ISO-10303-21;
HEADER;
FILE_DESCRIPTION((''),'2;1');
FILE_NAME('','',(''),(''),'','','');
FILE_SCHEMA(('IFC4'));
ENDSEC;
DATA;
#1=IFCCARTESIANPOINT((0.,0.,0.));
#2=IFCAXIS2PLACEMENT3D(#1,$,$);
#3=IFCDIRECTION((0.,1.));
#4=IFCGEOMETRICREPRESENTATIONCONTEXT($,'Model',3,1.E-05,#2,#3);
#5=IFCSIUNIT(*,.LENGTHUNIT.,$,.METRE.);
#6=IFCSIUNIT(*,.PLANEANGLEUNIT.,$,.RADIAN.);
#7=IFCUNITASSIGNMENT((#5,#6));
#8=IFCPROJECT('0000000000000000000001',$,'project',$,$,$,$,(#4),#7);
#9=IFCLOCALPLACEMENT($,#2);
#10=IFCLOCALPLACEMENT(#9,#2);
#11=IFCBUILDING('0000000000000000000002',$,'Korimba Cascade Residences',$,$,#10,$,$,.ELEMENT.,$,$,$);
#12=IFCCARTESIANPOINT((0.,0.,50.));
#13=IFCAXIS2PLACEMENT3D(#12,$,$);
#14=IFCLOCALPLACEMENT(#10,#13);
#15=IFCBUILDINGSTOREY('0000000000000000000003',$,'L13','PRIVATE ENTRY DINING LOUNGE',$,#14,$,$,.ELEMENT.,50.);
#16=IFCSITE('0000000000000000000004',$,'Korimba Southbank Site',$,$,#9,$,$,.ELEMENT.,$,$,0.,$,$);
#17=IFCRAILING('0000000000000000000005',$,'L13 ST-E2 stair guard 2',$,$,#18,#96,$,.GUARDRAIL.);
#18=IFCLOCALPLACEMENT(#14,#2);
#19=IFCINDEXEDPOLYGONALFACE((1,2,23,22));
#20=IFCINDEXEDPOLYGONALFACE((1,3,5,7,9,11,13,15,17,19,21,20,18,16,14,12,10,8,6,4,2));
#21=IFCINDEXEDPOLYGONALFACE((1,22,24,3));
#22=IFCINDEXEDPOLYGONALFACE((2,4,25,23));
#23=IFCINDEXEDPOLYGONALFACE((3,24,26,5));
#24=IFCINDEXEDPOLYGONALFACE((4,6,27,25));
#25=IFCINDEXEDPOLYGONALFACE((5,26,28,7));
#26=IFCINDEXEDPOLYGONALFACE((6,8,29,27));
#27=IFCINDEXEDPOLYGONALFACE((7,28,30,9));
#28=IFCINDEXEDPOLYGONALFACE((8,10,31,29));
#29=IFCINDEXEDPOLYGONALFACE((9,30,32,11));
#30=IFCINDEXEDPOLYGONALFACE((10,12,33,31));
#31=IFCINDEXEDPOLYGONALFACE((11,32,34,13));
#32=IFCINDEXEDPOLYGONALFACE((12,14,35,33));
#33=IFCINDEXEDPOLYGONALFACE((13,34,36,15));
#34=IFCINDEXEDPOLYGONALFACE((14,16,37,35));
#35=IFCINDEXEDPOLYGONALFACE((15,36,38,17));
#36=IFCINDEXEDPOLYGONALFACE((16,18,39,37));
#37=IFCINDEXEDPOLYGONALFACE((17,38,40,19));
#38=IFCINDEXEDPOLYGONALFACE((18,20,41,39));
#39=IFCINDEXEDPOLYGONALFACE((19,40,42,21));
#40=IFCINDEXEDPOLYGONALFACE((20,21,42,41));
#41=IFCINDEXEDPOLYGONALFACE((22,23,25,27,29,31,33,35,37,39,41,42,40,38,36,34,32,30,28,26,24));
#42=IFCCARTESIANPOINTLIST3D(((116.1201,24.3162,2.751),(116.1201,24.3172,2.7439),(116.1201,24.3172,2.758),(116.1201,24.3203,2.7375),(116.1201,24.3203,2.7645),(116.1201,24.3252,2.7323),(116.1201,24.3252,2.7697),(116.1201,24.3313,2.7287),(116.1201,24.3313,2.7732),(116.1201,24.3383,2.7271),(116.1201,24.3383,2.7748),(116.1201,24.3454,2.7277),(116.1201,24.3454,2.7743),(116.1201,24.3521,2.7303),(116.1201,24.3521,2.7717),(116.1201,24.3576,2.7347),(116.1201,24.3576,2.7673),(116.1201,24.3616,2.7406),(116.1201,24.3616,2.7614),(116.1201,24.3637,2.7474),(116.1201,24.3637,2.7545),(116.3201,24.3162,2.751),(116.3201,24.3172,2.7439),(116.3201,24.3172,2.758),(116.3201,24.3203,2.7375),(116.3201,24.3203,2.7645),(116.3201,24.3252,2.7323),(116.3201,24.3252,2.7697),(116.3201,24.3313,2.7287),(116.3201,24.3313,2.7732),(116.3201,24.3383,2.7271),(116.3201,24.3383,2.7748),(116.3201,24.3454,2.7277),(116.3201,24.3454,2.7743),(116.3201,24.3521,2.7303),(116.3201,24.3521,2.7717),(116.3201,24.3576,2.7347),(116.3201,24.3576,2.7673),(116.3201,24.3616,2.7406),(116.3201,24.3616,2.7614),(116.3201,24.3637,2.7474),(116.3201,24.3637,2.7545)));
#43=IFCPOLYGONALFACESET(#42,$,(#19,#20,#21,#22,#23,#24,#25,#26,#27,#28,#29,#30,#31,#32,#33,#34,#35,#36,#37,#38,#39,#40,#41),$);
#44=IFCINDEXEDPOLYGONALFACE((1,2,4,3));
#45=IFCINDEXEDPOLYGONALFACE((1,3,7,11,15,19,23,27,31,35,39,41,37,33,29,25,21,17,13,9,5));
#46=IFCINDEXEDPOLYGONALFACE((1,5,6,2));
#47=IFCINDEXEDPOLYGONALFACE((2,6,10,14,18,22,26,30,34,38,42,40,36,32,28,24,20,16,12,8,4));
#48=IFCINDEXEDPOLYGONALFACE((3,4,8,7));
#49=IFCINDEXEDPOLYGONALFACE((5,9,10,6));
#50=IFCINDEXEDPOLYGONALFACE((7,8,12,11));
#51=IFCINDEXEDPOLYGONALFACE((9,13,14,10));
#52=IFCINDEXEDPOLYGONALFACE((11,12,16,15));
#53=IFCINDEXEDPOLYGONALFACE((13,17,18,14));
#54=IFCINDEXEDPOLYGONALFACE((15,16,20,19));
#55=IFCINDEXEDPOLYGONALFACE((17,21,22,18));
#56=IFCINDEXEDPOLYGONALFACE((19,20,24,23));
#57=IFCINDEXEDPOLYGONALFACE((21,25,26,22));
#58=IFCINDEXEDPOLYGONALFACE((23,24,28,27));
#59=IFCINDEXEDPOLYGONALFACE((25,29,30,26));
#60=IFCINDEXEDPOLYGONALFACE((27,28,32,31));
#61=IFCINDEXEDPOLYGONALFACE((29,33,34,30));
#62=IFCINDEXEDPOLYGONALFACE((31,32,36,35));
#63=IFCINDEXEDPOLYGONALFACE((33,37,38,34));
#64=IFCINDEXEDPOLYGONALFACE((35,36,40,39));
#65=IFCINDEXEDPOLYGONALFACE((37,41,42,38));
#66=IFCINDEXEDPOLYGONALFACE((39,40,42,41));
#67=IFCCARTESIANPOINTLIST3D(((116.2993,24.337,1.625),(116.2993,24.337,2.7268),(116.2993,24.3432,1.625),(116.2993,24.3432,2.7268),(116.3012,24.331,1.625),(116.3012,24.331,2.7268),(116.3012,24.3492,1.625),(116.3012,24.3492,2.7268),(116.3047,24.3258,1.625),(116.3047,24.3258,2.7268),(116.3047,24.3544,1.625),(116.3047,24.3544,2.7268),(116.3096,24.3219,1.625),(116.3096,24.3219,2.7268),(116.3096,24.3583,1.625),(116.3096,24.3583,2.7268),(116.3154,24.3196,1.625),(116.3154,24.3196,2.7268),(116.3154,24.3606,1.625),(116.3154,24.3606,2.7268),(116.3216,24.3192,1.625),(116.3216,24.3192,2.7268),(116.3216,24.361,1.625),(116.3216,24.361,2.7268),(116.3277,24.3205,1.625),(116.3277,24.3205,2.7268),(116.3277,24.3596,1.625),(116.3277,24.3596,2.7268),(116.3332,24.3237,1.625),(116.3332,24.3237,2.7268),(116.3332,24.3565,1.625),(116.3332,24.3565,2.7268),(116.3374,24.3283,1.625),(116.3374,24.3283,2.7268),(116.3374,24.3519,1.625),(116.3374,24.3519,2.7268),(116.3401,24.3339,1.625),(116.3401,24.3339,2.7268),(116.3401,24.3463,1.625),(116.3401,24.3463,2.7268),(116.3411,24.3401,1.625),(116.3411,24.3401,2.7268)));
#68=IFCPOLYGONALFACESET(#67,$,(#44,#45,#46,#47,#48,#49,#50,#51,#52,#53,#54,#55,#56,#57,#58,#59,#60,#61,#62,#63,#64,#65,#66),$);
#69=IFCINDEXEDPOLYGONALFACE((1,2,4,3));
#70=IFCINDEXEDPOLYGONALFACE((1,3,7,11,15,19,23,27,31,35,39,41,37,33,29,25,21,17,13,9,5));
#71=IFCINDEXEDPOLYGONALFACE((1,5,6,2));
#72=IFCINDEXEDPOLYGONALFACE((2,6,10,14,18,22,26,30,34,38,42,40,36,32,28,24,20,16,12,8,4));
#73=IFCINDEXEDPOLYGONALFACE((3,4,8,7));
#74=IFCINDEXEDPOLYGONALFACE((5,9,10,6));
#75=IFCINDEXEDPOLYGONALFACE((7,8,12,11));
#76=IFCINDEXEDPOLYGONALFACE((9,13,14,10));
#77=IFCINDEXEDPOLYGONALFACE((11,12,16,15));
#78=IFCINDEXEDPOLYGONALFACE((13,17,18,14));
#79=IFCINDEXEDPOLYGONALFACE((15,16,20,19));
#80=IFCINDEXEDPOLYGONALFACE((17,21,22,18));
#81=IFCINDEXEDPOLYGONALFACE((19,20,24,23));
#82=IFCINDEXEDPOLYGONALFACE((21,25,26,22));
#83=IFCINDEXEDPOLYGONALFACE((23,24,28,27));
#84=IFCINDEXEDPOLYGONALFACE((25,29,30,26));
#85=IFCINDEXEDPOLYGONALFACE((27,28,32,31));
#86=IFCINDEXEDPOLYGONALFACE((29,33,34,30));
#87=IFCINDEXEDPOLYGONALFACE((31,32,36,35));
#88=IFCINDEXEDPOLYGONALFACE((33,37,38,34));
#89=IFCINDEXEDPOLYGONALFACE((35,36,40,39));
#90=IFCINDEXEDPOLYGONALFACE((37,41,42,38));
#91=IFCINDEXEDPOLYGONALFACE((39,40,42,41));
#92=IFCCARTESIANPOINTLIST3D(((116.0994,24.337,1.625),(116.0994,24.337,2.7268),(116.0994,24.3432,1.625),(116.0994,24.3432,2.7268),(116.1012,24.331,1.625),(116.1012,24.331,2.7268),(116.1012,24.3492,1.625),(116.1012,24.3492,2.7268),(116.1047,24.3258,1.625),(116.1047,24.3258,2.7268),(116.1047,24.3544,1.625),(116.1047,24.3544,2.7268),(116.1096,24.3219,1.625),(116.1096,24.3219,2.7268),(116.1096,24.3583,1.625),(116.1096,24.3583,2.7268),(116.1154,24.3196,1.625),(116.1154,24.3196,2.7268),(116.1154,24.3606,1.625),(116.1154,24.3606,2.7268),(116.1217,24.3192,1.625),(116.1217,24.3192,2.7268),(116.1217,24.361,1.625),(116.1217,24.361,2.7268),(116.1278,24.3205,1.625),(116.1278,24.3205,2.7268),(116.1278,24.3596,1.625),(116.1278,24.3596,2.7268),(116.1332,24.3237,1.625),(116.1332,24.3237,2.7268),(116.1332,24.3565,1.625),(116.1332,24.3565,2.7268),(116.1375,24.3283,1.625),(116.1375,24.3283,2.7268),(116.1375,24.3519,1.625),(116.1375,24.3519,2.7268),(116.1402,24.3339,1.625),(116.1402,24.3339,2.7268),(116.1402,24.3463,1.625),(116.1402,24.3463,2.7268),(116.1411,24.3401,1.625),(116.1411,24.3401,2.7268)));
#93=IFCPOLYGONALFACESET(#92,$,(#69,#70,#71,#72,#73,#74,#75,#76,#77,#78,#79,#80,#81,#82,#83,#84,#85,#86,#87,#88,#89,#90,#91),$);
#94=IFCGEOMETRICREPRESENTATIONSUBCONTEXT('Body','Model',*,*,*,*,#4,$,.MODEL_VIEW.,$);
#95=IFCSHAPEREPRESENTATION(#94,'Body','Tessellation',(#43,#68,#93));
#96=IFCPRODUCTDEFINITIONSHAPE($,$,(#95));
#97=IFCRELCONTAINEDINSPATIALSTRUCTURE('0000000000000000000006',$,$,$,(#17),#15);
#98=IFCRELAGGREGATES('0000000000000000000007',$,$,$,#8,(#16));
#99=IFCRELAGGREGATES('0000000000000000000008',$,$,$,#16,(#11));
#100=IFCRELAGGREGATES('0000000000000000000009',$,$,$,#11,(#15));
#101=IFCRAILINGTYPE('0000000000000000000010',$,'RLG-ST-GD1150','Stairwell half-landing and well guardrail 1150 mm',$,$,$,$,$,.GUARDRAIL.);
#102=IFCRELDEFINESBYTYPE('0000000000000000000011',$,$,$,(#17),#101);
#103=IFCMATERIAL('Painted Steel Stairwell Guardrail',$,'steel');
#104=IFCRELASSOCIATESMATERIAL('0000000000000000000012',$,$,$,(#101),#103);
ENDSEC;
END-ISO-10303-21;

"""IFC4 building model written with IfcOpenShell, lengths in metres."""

from ifc_helpers import new_model, si_unit, direction, frame, origin, origin_2d, place, context, subcontext, project, spatial, circle, extrude, material, type_object, element, save


model = new_model("IFC4")

# Units and contexts
model_context = context("Model", 3, precision=1e-05, world=origin(), true_north=direction((0.0, 1.0)))
body_context = subcontext(model_context, "Body", "Model", "MODEL_VIEW")
ifc_project = project(units=[si_unit("LENGTHUNIT", "METRE"), si_unit("PLANEANGLEUNIT", "RADIAN")], contexts=[model_context])

# Site, building, storey
site_placement = place(None, origin())
site = spatial("IfcSite", under=ifc_project, at=site_placement, Name="Korimba Southbank Site", CompositionType="ELEMENT", RefElevation=0.0)
building_placement = place(site_placement, origin())
building = spatial("IfcBuilding", under=site, at=building_placement, Name="Korimba Cascade Residences", CompositionType="ELEMENT")
storey_placement = place(building_placement, frame((0.0, 0.0, 50.0)))
storey = spatial("IfcBuildingStorey", under=building, at=storey_placement, Name="L13", Description="PRIVATE ENTRY DINING LOUNGE", CompositionType="ELEMENT", Elevation=50.0)

# Railing
ifc_material_1 = material(Name="Painted Steel Stairwell Guardrail", Category="steel")
railing_type_1 = type_object("IfcRailingType", Name="RLG-ST-GD1150", Description="Stairwell half-landing and well guardrail 1150 mm", PredefinedType="GUARDRAIL", material=ifc_material_1)
railing_1_placement = place(storey_placement, frame((116.3201, 24.3401, 1.625)))
element("IfcRailing", 1, at=railing_1_placement, inside=storey, type_object=railing_type_1, Name="L13 ST-E2 stair guard 2", PredefinedType="GUARDRAIL", context=body_context, shape_type="SweptSolid", body=[
    extrude(circle(Radius=0.0239, at=origin_2d()), frame((0.0, 0.0, 1.126), z_axis=(-1.0, 0.0, 0.0), x_axis=(0.0, -1.0, 0.0)), (0.0, 0.0, 1.0), 0.2),
    extrude(circle(Radius=0.021, at=origin_2d()), origin(), (0.0, 0.0, 1.0), 1.1018),
    extrude(circle(Radius=0.021, at=origin_2d()), frame((-0.2, 0.0, 0.0)), (0.0, 0.0, 1.0), 1.1018),
])

save(model, "model.ifc")
